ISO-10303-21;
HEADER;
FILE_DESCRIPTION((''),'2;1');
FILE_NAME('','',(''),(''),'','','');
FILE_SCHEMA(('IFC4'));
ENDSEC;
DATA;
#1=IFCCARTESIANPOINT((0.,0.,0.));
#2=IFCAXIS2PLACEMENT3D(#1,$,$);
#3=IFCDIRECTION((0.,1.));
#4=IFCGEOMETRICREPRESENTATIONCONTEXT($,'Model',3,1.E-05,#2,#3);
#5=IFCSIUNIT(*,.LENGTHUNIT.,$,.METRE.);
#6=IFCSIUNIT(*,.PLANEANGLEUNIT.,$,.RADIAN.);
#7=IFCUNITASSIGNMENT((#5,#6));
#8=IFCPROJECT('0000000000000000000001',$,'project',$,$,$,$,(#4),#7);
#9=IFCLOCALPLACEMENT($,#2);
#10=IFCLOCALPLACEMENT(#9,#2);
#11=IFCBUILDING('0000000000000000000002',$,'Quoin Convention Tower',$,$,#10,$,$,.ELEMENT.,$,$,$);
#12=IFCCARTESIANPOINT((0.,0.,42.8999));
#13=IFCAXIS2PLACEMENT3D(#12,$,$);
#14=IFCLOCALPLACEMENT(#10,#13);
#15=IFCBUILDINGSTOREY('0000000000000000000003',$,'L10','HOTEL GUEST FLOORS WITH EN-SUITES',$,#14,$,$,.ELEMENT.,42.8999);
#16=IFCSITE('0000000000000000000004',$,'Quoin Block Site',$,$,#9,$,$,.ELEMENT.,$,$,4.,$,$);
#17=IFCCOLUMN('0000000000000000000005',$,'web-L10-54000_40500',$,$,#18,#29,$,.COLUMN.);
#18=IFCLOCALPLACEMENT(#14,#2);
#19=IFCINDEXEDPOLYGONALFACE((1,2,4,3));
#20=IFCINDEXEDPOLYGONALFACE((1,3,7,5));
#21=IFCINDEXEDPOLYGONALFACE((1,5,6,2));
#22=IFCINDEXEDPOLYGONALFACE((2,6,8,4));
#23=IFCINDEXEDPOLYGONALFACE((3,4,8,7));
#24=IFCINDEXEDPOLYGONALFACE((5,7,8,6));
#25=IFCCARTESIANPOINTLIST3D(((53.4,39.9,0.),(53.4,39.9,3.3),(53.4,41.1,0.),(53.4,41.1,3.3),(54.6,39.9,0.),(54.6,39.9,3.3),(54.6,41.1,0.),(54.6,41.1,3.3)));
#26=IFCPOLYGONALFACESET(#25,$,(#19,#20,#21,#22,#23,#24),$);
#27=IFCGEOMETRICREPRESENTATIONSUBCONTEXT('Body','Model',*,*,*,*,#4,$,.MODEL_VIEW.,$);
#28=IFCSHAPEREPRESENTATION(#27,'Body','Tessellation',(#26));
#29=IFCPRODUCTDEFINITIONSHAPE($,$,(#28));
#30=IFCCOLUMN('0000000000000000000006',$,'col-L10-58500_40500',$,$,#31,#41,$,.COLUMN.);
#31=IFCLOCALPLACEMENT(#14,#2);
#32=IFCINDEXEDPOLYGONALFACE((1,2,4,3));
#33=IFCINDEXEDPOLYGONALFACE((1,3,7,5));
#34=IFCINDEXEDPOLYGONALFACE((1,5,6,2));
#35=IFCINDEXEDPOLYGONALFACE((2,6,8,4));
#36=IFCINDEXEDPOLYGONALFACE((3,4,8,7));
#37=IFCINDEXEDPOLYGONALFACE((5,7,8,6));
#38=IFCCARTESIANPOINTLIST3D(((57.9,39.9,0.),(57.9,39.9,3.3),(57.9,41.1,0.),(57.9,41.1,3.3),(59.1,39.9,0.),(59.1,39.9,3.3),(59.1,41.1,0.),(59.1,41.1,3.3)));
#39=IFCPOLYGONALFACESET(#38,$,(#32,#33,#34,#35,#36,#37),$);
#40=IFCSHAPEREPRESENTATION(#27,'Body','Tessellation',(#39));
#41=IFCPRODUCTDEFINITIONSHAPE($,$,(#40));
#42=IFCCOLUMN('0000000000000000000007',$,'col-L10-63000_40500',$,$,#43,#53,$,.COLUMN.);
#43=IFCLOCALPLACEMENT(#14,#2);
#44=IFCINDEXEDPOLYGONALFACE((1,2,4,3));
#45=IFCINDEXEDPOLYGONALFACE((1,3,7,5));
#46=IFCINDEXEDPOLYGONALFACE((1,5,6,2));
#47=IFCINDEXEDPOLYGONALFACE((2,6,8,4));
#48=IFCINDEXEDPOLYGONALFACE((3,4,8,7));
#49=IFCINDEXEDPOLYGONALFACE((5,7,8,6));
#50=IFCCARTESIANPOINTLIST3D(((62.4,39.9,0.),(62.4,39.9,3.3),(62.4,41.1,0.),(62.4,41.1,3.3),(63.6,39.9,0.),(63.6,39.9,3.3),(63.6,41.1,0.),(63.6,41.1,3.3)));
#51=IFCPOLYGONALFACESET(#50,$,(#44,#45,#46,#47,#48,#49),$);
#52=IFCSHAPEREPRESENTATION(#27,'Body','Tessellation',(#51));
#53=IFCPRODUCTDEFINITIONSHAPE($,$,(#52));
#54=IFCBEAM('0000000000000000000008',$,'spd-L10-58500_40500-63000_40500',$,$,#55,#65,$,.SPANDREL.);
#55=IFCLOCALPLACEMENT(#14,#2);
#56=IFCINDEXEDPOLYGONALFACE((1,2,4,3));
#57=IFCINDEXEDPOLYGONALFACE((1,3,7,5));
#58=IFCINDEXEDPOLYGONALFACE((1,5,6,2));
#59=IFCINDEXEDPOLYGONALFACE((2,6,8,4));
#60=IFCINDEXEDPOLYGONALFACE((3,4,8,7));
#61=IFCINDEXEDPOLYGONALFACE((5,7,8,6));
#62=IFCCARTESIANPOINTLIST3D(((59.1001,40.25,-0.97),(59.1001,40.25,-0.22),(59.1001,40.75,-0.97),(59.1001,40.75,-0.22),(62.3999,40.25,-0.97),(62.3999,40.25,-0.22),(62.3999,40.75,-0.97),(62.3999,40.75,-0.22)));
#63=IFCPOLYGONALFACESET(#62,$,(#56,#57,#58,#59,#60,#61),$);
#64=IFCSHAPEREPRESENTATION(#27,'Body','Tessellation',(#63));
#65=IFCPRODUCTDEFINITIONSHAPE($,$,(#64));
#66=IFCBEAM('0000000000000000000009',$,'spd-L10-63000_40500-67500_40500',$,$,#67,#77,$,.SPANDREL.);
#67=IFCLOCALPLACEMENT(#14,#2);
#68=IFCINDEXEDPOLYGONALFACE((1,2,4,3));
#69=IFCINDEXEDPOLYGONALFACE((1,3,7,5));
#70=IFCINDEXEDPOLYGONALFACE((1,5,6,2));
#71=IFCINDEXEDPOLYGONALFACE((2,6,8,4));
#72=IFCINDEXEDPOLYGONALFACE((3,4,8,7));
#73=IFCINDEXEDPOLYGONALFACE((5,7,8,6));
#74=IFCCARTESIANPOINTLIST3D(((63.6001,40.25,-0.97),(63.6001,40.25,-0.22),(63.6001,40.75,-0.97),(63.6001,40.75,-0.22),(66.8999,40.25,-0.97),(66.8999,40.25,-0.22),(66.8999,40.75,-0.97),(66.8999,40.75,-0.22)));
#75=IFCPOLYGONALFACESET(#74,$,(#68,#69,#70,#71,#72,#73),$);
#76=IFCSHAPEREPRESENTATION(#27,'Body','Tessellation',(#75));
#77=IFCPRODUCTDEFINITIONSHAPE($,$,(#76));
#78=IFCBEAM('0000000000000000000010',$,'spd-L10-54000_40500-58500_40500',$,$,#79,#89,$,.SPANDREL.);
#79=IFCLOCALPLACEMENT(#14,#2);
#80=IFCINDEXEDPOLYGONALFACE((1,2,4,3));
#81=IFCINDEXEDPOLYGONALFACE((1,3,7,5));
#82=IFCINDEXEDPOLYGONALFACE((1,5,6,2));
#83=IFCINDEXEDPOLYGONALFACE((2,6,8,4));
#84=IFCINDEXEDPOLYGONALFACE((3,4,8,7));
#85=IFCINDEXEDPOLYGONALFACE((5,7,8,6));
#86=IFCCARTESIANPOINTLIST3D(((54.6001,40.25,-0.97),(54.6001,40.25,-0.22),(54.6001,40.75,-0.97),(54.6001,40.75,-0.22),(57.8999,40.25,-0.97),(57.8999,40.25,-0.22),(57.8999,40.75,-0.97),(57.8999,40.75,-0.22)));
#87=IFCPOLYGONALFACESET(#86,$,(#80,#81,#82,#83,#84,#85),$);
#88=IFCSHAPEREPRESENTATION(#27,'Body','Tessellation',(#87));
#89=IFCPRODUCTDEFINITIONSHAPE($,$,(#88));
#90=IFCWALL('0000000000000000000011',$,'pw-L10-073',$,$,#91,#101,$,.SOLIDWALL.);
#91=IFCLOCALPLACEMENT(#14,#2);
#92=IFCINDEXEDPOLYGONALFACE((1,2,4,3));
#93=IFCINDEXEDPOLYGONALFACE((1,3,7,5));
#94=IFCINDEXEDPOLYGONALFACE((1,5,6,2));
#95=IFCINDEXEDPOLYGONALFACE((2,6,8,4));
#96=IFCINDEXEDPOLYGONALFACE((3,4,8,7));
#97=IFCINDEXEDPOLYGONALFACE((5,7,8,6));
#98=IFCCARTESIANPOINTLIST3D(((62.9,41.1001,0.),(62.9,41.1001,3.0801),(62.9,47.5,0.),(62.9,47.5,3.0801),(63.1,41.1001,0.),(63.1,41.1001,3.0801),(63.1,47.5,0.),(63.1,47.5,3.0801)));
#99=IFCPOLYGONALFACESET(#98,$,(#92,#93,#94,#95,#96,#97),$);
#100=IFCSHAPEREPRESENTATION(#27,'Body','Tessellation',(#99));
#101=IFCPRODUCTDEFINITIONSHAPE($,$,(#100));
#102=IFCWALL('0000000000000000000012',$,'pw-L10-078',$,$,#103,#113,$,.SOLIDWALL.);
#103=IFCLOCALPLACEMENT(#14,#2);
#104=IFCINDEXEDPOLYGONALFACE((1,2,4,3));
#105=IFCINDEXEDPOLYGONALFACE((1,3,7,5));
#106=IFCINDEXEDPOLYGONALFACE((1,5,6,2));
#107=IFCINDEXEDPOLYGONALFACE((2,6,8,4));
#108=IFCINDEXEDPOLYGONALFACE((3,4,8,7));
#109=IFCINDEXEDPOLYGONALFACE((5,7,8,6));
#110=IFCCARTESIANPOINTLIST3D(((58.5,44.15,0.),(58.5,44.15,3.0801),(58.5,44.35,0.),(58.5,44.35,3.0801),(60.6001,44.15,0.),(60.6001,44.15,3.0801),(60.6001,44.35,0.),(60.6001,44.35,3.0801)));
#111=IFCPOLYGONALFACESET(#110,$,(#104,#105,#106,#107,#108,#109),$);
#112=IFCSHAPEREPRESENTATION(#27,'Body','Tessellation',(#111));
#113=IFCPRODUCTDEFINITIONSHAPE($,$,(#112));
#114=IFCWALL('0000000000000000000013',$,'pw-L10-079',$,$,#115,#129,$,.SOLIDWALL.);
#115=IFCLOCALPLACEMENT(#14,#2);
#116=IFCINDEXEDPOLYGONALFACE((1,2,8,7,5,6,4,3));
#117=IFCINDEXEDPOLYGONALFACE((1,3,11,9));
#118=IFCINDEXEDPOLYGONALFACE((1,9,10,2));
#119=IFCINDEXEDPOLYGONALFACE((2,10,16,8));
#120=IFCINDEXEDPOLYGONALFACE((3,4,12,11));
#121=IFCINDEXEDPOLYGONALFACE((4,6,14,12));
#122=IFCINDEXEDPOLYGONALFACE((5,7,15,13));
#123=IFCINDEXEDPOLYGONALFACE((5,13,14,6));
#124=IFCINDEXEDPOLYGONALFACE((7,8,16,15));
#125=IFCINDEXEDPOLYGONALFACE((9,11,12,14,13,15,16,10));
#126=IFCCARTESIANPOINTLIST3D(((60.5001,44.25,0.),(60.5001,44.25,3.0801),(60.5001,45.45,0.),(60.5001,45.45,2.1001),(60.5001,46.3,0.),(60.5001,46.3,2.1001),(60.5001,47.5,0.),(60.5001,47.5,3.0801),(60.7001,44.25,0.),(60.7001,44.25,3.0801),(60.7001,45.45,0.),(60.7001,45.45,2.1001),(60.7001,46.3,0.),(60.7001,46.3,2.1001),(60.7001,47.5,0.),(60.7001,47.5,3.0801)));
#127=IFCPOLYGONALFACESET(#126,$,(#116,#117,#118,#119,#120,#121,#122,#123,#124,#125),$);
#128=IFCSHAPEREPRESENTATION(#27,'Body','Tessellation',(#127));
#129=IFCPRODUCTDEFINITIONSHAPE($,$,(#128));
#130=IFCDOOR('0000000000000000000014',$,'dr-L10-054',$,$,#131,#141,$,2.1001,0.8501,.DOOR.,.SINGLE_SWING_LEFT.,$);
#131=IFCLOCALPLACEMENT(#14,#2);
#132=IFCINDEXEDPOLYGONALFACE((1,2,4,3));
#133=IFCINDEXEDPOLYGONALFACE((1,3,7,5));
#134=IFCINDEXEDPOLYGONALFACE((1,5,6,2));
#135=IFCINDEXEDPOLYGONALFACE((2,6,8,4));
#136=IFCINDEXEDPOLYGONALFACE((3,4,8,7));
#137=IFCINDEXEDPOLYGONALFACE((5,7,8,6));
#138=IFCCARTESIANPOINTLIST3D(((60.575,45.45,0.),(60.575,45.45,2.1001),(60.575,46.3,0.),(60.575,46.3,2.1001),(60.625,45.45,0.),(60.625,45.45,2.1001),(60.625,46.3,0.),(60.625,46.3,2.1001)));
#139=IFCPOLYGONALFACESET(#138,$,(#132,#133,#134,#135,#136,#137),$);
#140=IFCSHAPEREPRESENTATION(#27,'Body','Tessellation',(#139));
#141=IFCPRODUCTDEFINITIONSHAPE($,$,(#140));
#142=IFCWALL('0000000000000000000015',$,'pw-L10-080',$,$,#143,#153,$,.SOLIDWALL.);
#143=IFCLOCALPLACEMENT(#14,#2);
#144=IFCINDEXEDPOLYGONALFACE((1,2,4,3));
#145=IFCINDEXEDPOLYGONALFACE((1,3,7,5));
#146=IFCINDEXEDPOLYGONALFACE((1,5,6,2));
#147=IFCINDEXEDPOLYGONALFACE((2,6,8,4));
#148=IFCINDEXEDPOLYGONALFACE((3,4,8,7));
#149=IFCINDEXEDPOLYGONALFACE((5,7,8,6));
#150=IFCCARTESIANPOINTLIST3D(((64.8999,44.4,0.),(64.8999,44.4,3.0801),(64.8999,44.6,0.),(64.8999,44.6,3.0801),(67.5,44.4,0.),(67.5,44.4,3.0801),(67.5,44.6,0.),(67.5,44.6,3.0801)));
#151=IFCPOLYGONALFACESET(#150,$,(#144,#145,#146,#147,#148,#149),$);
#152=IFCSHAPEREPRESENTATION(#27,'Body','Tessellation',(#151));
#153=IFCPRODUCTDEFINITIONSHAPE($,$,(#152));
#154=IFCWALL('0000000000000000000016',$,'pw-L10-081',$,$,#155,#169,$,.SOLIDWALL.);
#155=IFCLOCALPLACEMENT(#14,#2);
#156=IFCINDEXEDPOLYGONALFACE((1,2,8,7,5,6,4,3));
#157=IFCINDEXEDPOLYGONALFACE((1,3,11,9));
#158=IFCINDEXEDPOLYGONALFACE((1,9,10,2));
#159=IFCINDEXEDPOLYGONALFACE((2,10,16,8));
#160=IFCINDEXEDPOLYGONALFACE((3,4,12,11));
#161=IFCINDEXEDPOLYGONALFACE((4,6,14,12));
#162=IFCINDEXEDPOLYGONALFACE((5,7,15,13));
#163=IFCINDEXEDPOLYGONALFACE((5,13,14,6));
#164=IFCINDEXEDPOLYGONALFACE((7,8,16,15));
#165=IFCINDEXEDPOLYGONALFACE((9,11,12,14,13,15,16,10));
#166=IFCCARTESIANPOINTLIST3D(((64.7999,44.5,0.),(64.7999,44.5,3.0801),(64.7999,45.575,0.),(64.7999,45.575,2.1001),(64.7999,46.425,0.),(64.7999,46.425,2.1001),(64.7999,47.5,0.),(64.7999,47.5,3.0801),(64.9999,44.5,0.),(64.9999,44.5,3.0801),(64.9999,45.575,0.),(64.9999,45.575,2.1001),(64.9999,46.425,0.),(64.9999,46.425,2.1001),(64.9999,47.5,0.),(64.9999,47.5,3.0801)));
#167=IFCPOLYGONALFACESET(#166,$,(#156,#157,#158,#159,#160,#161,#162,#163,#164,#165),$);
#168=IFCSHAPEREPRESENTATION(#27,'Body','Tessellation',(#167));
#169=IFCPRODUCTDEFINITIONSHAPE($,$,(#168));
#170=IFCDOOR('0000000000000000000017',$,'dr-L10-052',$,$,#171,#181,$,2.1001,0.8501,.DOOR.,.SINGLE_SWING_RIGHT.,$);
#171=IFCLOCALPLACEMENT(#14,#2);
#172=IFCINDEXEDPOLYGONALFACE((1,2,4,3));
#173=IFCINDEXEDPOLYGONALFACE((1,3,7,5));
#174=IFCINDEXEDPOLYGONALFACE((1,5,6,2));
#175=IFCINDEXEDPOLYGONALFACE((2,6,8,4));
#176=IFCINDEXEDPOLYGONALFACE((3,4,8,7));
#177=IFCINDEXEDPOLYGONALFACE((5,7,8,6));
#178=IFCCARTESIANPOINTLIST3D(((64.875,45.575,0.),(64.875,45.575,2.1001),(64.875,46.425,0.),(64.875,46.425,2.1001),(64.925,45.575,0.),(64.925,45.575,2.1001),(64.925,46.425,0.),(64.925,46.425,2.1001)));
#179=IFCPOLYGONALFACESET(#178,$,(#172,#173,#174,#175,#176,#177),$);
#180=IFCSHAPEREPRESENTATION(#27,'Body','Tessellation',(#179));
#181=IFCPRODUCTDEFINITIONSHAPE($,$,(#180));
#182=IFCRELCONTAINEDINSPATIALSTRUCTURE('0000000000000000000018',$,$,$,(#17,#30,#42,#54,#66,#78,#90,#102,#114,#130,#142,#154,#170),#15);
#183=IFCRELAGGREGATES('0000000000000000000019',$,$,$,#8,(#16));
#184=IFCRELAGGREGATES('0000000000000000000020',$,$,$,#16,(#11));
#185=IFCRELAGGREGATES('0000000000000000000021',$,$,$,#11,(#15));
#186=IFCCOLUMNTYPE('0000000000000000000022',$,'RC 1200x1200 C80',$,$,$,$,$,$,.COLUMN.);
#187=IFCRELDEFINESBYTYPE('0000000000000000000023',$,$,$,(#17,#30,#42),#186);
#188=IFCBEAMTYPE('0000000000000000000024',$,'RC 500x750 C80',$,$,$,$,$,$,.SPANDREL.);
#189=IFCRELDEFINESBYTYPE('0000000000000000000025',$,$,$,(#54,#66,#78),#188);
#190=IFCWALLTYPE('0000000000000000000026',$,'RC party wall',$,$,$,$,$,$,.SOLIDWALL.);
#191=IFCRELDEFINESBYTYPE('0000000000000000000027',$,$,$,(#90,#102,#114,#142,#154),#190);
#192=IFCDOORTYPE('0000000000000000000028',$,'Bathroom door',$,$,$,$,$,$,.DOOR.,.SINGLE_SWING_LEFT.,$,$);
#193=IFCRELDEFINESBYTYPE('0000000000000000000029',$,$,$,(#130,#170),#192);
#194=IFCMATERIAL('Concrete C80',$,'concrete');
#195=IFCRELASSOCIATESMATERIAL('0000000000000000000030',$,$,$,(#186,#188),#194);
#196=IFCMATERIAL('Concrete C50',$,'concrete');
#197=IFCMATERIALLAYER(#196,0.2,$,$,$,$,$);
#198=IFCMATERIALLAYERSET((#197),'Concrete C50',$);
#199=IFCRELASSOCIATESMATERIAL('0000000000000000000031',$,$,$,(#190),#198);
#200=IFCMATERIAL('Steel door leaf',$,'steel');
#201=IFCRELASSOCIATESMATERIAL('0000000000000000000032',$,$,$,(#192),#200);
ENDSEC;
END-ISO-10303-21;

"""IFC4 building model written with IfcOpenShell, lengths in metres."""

from ifc_helpers import new_model, si_unit, direction, frame, frame_2d, origin, origin_2d, place, context, subcontext, project, spatial, rectangle, extrude, material, layer, layer_set, material_profile, profile_set, type_object, element, fill, save


model = new_model("IFC4")

# Units and contexts
model_context = context("Model", 3, precision=1e-05, world=origin(), true_north=direction((0.0, 1.0)))
body_context = subcontext(model_context, "Body", "Model", "MODEL_VIEW")
ifc_project = project(units=[si_unit("LENGTHUNIT", "METRE"), si_unit("PLANEANGLEUNIT", "RADIAN")], contexts=[model_context])

# Site, building, storey
site_placement = place(None, origin())
site = spatial("IfcSite", under=ifc_project, at=site_placement, Name="Quoin Block Site", CompositionType="ELEMENT", RefElevation=4.0)
building_placement = place(site_placement, origin())
building = spatial("IfcBuilding", under=site, at=building_placement, Name="Quoin Convention Tower", CompositionType="ELEMENT")
storey_placement = place(building_placement, frame((0.0, 0.0, 42.8999)))
storey = spatial("IfcBuildingStorey", under=building, at=storey_placement, Name="L10", Description="HOTEL GUEST FLOORS WITH EN-SUITES", CompositionType="ELEMENT", Elevation=42.8999)

# Columns
ifc_material_1 = material(Name="Concrete C80", Category="concrete")
ifc_material_profile_1 = material_profile(ifc_material_1, rectangle(XDim=1.2, YDim=1.2, at=origin_2d()), Name="RC 1200x1200")
ifc_profile_set_1 = profile_set([ifc_material_profile_1], Name="Concrete C80")
column_type = type_object("IfcColumnType", Name="RC 1200x1200 C80", PredefinedType="COLUMN", material=ifc_profile_set_1)
for number, where, z_axis, x_axis, name in (
    (1, (54.0, 40.5, 0.0), (0.0, 0.0, 1.0), (1.0, 0.0, 0.0), "web-L10-54000_40500"),
    (2, (58.5, 40.5, 0.0), (0.0, 0.0, 1.0), (1.0, 0.0, 0.0), "col-L10-58500_40500"),
    (3, (63.0, 40.5, 0.0), (0.0, 0.0, 1.0), (1.0, 0.0, 0.0), "col-L10-63000_40500"),
):
    element("IfcColumn", number, at=place(storey_placement, frame(where, z_axis=z_axis, x_axis=x_axis)), inside=storey, type_object=column_type, Name=name, PredefinedType="COLUMN", context=body_context, shape_type="SweptSolid", body=[
        extrude(rectangle(XDim=1.2, YDim=1.2, at=origin_2d()), origin(), (0.0, 0.0, 1.0), 3.3),
    ])

# Beams
ifc_material_profile_2 = material_profile(ifc_material_1, rectangle(XDim=0.5, YDim=0.75, at=origin_2d()), Name="RC 500x750")
ifc_profile_set_2 = profile_set([ifc_material_profile_2], Name="Concrete C80")
beam_type = type_object("IfcBeamType", Name="RC 500x750 C80", PredefinedType="SPANDREL", material=ifc_profile_set_2)
for number, where, z_axis, x_axis, name in (
    (4, (59.1001, 40.5, -0.595), (1.0, 0.0, 0.0), (0.0, 1.0, 0.0), "spd-L10-58500_40500-63000_40500"),
    (5, (63.6001, 40.5, -0.595), (1.0, 0.0, 0.0), (0.0, 1.0, 0.0), "spd-L10-63000_40500-67500_40500"),
    (6, (54.6001, 40.5, -0.595), (1.0, 0.0, 0.0), (0.0, 1.0, 0.0), "spd-L10-54000_40500-58500_40500"),
):
    element("IfcBeam", number, at=place(storey_placement, frame(where, z_axis=z_axis, x_axis=x_axis)), inside=storey, type_object=beam_type, Name=name, PredefinedType="SPANDREL", context=body_context, shape_type="SweptSolid", body=[
        extrude(rectangle(XDim=0.5, YDim=0.75, at=origin_2d()), origin(), (0.0, 0.0, 1.0), 3.2998),
    ])

# Walls
ifc_material_2 = material(Name="Concrete C50", Category="concrete")
ifc_layer_1 = layer(ifc_material_2, 0.2)
ifc_layer_set_1 = layer_set([ifc_layer_1], Name="Concrete C50")
wall_type_1 = type_object("IfcWallType", Name="RC party wall", PredefinedType="SOLIDWALL", material=ifc_layer_set_1)
wall_1_placement = place(storey_placement, frame((63.0, 41.1001, 0.0), z_axis=(0.0, 0.0, 1.0), x_axis=(0.0, 1.0, 0.0)))
element("IfcWall", 7, at=wall_1_placement, inside=storey, type_object=wall_type_1, Name="pw-L10-073", PredefinedType="SOLIDWALL", context=body_context, shape_type="SweptSolid", body=[
    extrude(rectangle(XDim=6.3999, YDim=0.2, at=frame_2d((3.2, 0.0))), origin(), (0.0, 0.0, 1.0), 3.0801),
])
wall_2_placement = place(storey_placement, frame((58.5, 44.25, 0.0), z_axis=(0.0, 0.0, 1.0), x_axis=(1.0, 0.0, 0.0)))
element("IfcWall", 8, at=wall_2_placement, inside=storey, type_object=wall_type_1, Name="pw-L10-078", PredefinedType="SOLIDWALL", context=body_context, shape_type="SweptSolid", body=[
    extrude(rectangle(XDim=2.1001, YDim=0.2, at=frame_2d((1.05, 0.0))), origin(), (0.0, 0.0, 1.0), 3.0801),
])

# Wall, opening, door
wall_3_placement = place(storey_placement, frame((60.6001, 44.25, 0.0), z_axis=(0.0, 0.0, 1.0), x_axis=(0.0, 1.0, 0.0)))
wall_3 = element("IfcWall", 9, at=wall_3_placement, inside=storey, type_object=wall_type_1, Name="pw-L10-079", PredefinedType="SOLIDWALL", context=body_context, shape_type="SweptSolid", body=[
    extrude(rectangle(XDim=3.25, YDim=0.2, at=frame_2d((1.625, 0.0))), origin(), (0.0, 0.0, 1.0), 3.0801),
])
opening_1_placement = place(wall_3_placement, frame((1.2, 0.0, 0.0)))
opening_1 = element("IfcOpeningElement", 10, at=opening_1_placement, cuts=wall_3, PredefinedType="OPENING", context=body_context, shape_type="SweptSolid", body=[
    extrude(rectangle(XDim=0.8501, YDim=2.1001, at=frame_2d((0.425, 1.05))), frame((0.0, 0.1099, 0.0), z_axis=(0.0, -1.0, 0.0), x_axis=(1.0, 0.0, 0.0)), (0.0, 0.0, 1.0), 0.22),
])
ifc_material_3 = material(Name="Steel door leaf", Category="steel")
door_type = type_object("IfcDoorType", Name="Bathroom door", OperationType="SINGLE_SWING_LEFT", PredefinedType="DOOR", material=ifc_material_3)
door_1_placement = place(opening_1_placement, frame((0.8501, 0.0, 0.0), z_axis=(0.0, 0.0, 1.0), x_axis=(-1.0, 0.0, 0.0)))
door_1 = element("IfcDoor", 11, at=door_1_placement, inside=storey, type_object=door_type, Name="dr-L10-054", OperationType="SINGLE_SWING_LEFT", OverallHeight=2.1001, OverallWidth=0.8501, PredefinedType="DOOR", context=body_context, shape_type="SweptSolid", body=[
    extrude(rectangle(XDim=0.8501, YDim=2.1001, at=frame_2d((0.425, 1.05))), frame((0.0, 0.0249, 0.0), z_axis=(0.0, -1.0, 0.0), x_axis=(1.0, 0.0, 0.0)), (0.0, 0.0, 1.0), 0.05),
])
fill(opening_1, door_1)

# Wall
wall_4_placement = place(storey_placement, frame((64.8999, 44.5, 0.0), z_axis=(0.0, 0.0, 1.0), x_axis=(1.0, 0.0, 0.0)))
element("IfcWall", 12, at=wall_4_placement, inside=storey, type_object=wall_type_1, Name="pw-L10-080", PredefinedType="SOLIDWALL", context=body_context, shape_type="SweptSolid", body=[
    extrude(rectangle(XDim=2.6001, YDim=0.2, at=frame_2d((1.3, 0.0))), origin(), (0.0, 0.0, 1.0), 3.0801),
])

# Wall, opening, door
wall_5_placement = place(storey_placement, frame((64.8999, 44.5, 0.0), z_axis=(0.0, 0.0, 1.0), x_axis=(0.0, 1.0, 0.0)))
wall_5 = element("IfcWall", 13, at=wall_5_placement, inside=storey, type_object=wall_type_1, Name="pw-L10-081", PredefinedType="SOLIDWALL", context=body_context, shape_type="SweptSolid", body=[
    extrude(rectangle(XDim=3.0, YDim=0.2, at=frame_2d((1.5, 0.0))), origin(), (0.0, 0.0, 1.0), 3.0801),
])
opening_2_placement = place(wall_5_placement, frame((1.075, 0.0, 0.0)))
opening_2 = element("IfcOpeningElement", 14, at=opening_2_placement, cuts=wall_5, PredefinedType="OPENING", context=body_context, shape_type="SweptSolid", body=[
    extrude(rectangle(XDim=0.8501, YDim=2.1001, at=frame_2d((0.425, 1.05))), frame((0.0, 0.1099, 0.0), z_axis=(0.0, -1.0, 0.0), x_axis=(1.0, 0.0, 0.0)), (0.0, 0.0, 1.0), 0.22),
])
door_2_placement = place(opening_2_placement, origin())
door_2 = element("IfcDoor", 15, at=door_2_placement, inside=storey, type_object=door_type, Name="dr-L10-052", OperationType="SINGLE_SWING_RIGHT", OverallHeight=2.1001, OverallWidth=0.8501, PredefinedType="DOOR", context=body_context, shape_type="SweptSolid", body=[
    extrude(rectangle(XDim=0.8501, YDim=2.1001, at=frame_2d((0.425, 1.05))), frame((0.0, 0.0249, 0.0), z_axis=(0.0, -1.0, 0.0), x_axis=(1.0, 0.0, 0.0)), (0.0, 0.0, 1.0), 0.05),
])
fill(opening_2, door_2)

save(model, "model.ifc")
